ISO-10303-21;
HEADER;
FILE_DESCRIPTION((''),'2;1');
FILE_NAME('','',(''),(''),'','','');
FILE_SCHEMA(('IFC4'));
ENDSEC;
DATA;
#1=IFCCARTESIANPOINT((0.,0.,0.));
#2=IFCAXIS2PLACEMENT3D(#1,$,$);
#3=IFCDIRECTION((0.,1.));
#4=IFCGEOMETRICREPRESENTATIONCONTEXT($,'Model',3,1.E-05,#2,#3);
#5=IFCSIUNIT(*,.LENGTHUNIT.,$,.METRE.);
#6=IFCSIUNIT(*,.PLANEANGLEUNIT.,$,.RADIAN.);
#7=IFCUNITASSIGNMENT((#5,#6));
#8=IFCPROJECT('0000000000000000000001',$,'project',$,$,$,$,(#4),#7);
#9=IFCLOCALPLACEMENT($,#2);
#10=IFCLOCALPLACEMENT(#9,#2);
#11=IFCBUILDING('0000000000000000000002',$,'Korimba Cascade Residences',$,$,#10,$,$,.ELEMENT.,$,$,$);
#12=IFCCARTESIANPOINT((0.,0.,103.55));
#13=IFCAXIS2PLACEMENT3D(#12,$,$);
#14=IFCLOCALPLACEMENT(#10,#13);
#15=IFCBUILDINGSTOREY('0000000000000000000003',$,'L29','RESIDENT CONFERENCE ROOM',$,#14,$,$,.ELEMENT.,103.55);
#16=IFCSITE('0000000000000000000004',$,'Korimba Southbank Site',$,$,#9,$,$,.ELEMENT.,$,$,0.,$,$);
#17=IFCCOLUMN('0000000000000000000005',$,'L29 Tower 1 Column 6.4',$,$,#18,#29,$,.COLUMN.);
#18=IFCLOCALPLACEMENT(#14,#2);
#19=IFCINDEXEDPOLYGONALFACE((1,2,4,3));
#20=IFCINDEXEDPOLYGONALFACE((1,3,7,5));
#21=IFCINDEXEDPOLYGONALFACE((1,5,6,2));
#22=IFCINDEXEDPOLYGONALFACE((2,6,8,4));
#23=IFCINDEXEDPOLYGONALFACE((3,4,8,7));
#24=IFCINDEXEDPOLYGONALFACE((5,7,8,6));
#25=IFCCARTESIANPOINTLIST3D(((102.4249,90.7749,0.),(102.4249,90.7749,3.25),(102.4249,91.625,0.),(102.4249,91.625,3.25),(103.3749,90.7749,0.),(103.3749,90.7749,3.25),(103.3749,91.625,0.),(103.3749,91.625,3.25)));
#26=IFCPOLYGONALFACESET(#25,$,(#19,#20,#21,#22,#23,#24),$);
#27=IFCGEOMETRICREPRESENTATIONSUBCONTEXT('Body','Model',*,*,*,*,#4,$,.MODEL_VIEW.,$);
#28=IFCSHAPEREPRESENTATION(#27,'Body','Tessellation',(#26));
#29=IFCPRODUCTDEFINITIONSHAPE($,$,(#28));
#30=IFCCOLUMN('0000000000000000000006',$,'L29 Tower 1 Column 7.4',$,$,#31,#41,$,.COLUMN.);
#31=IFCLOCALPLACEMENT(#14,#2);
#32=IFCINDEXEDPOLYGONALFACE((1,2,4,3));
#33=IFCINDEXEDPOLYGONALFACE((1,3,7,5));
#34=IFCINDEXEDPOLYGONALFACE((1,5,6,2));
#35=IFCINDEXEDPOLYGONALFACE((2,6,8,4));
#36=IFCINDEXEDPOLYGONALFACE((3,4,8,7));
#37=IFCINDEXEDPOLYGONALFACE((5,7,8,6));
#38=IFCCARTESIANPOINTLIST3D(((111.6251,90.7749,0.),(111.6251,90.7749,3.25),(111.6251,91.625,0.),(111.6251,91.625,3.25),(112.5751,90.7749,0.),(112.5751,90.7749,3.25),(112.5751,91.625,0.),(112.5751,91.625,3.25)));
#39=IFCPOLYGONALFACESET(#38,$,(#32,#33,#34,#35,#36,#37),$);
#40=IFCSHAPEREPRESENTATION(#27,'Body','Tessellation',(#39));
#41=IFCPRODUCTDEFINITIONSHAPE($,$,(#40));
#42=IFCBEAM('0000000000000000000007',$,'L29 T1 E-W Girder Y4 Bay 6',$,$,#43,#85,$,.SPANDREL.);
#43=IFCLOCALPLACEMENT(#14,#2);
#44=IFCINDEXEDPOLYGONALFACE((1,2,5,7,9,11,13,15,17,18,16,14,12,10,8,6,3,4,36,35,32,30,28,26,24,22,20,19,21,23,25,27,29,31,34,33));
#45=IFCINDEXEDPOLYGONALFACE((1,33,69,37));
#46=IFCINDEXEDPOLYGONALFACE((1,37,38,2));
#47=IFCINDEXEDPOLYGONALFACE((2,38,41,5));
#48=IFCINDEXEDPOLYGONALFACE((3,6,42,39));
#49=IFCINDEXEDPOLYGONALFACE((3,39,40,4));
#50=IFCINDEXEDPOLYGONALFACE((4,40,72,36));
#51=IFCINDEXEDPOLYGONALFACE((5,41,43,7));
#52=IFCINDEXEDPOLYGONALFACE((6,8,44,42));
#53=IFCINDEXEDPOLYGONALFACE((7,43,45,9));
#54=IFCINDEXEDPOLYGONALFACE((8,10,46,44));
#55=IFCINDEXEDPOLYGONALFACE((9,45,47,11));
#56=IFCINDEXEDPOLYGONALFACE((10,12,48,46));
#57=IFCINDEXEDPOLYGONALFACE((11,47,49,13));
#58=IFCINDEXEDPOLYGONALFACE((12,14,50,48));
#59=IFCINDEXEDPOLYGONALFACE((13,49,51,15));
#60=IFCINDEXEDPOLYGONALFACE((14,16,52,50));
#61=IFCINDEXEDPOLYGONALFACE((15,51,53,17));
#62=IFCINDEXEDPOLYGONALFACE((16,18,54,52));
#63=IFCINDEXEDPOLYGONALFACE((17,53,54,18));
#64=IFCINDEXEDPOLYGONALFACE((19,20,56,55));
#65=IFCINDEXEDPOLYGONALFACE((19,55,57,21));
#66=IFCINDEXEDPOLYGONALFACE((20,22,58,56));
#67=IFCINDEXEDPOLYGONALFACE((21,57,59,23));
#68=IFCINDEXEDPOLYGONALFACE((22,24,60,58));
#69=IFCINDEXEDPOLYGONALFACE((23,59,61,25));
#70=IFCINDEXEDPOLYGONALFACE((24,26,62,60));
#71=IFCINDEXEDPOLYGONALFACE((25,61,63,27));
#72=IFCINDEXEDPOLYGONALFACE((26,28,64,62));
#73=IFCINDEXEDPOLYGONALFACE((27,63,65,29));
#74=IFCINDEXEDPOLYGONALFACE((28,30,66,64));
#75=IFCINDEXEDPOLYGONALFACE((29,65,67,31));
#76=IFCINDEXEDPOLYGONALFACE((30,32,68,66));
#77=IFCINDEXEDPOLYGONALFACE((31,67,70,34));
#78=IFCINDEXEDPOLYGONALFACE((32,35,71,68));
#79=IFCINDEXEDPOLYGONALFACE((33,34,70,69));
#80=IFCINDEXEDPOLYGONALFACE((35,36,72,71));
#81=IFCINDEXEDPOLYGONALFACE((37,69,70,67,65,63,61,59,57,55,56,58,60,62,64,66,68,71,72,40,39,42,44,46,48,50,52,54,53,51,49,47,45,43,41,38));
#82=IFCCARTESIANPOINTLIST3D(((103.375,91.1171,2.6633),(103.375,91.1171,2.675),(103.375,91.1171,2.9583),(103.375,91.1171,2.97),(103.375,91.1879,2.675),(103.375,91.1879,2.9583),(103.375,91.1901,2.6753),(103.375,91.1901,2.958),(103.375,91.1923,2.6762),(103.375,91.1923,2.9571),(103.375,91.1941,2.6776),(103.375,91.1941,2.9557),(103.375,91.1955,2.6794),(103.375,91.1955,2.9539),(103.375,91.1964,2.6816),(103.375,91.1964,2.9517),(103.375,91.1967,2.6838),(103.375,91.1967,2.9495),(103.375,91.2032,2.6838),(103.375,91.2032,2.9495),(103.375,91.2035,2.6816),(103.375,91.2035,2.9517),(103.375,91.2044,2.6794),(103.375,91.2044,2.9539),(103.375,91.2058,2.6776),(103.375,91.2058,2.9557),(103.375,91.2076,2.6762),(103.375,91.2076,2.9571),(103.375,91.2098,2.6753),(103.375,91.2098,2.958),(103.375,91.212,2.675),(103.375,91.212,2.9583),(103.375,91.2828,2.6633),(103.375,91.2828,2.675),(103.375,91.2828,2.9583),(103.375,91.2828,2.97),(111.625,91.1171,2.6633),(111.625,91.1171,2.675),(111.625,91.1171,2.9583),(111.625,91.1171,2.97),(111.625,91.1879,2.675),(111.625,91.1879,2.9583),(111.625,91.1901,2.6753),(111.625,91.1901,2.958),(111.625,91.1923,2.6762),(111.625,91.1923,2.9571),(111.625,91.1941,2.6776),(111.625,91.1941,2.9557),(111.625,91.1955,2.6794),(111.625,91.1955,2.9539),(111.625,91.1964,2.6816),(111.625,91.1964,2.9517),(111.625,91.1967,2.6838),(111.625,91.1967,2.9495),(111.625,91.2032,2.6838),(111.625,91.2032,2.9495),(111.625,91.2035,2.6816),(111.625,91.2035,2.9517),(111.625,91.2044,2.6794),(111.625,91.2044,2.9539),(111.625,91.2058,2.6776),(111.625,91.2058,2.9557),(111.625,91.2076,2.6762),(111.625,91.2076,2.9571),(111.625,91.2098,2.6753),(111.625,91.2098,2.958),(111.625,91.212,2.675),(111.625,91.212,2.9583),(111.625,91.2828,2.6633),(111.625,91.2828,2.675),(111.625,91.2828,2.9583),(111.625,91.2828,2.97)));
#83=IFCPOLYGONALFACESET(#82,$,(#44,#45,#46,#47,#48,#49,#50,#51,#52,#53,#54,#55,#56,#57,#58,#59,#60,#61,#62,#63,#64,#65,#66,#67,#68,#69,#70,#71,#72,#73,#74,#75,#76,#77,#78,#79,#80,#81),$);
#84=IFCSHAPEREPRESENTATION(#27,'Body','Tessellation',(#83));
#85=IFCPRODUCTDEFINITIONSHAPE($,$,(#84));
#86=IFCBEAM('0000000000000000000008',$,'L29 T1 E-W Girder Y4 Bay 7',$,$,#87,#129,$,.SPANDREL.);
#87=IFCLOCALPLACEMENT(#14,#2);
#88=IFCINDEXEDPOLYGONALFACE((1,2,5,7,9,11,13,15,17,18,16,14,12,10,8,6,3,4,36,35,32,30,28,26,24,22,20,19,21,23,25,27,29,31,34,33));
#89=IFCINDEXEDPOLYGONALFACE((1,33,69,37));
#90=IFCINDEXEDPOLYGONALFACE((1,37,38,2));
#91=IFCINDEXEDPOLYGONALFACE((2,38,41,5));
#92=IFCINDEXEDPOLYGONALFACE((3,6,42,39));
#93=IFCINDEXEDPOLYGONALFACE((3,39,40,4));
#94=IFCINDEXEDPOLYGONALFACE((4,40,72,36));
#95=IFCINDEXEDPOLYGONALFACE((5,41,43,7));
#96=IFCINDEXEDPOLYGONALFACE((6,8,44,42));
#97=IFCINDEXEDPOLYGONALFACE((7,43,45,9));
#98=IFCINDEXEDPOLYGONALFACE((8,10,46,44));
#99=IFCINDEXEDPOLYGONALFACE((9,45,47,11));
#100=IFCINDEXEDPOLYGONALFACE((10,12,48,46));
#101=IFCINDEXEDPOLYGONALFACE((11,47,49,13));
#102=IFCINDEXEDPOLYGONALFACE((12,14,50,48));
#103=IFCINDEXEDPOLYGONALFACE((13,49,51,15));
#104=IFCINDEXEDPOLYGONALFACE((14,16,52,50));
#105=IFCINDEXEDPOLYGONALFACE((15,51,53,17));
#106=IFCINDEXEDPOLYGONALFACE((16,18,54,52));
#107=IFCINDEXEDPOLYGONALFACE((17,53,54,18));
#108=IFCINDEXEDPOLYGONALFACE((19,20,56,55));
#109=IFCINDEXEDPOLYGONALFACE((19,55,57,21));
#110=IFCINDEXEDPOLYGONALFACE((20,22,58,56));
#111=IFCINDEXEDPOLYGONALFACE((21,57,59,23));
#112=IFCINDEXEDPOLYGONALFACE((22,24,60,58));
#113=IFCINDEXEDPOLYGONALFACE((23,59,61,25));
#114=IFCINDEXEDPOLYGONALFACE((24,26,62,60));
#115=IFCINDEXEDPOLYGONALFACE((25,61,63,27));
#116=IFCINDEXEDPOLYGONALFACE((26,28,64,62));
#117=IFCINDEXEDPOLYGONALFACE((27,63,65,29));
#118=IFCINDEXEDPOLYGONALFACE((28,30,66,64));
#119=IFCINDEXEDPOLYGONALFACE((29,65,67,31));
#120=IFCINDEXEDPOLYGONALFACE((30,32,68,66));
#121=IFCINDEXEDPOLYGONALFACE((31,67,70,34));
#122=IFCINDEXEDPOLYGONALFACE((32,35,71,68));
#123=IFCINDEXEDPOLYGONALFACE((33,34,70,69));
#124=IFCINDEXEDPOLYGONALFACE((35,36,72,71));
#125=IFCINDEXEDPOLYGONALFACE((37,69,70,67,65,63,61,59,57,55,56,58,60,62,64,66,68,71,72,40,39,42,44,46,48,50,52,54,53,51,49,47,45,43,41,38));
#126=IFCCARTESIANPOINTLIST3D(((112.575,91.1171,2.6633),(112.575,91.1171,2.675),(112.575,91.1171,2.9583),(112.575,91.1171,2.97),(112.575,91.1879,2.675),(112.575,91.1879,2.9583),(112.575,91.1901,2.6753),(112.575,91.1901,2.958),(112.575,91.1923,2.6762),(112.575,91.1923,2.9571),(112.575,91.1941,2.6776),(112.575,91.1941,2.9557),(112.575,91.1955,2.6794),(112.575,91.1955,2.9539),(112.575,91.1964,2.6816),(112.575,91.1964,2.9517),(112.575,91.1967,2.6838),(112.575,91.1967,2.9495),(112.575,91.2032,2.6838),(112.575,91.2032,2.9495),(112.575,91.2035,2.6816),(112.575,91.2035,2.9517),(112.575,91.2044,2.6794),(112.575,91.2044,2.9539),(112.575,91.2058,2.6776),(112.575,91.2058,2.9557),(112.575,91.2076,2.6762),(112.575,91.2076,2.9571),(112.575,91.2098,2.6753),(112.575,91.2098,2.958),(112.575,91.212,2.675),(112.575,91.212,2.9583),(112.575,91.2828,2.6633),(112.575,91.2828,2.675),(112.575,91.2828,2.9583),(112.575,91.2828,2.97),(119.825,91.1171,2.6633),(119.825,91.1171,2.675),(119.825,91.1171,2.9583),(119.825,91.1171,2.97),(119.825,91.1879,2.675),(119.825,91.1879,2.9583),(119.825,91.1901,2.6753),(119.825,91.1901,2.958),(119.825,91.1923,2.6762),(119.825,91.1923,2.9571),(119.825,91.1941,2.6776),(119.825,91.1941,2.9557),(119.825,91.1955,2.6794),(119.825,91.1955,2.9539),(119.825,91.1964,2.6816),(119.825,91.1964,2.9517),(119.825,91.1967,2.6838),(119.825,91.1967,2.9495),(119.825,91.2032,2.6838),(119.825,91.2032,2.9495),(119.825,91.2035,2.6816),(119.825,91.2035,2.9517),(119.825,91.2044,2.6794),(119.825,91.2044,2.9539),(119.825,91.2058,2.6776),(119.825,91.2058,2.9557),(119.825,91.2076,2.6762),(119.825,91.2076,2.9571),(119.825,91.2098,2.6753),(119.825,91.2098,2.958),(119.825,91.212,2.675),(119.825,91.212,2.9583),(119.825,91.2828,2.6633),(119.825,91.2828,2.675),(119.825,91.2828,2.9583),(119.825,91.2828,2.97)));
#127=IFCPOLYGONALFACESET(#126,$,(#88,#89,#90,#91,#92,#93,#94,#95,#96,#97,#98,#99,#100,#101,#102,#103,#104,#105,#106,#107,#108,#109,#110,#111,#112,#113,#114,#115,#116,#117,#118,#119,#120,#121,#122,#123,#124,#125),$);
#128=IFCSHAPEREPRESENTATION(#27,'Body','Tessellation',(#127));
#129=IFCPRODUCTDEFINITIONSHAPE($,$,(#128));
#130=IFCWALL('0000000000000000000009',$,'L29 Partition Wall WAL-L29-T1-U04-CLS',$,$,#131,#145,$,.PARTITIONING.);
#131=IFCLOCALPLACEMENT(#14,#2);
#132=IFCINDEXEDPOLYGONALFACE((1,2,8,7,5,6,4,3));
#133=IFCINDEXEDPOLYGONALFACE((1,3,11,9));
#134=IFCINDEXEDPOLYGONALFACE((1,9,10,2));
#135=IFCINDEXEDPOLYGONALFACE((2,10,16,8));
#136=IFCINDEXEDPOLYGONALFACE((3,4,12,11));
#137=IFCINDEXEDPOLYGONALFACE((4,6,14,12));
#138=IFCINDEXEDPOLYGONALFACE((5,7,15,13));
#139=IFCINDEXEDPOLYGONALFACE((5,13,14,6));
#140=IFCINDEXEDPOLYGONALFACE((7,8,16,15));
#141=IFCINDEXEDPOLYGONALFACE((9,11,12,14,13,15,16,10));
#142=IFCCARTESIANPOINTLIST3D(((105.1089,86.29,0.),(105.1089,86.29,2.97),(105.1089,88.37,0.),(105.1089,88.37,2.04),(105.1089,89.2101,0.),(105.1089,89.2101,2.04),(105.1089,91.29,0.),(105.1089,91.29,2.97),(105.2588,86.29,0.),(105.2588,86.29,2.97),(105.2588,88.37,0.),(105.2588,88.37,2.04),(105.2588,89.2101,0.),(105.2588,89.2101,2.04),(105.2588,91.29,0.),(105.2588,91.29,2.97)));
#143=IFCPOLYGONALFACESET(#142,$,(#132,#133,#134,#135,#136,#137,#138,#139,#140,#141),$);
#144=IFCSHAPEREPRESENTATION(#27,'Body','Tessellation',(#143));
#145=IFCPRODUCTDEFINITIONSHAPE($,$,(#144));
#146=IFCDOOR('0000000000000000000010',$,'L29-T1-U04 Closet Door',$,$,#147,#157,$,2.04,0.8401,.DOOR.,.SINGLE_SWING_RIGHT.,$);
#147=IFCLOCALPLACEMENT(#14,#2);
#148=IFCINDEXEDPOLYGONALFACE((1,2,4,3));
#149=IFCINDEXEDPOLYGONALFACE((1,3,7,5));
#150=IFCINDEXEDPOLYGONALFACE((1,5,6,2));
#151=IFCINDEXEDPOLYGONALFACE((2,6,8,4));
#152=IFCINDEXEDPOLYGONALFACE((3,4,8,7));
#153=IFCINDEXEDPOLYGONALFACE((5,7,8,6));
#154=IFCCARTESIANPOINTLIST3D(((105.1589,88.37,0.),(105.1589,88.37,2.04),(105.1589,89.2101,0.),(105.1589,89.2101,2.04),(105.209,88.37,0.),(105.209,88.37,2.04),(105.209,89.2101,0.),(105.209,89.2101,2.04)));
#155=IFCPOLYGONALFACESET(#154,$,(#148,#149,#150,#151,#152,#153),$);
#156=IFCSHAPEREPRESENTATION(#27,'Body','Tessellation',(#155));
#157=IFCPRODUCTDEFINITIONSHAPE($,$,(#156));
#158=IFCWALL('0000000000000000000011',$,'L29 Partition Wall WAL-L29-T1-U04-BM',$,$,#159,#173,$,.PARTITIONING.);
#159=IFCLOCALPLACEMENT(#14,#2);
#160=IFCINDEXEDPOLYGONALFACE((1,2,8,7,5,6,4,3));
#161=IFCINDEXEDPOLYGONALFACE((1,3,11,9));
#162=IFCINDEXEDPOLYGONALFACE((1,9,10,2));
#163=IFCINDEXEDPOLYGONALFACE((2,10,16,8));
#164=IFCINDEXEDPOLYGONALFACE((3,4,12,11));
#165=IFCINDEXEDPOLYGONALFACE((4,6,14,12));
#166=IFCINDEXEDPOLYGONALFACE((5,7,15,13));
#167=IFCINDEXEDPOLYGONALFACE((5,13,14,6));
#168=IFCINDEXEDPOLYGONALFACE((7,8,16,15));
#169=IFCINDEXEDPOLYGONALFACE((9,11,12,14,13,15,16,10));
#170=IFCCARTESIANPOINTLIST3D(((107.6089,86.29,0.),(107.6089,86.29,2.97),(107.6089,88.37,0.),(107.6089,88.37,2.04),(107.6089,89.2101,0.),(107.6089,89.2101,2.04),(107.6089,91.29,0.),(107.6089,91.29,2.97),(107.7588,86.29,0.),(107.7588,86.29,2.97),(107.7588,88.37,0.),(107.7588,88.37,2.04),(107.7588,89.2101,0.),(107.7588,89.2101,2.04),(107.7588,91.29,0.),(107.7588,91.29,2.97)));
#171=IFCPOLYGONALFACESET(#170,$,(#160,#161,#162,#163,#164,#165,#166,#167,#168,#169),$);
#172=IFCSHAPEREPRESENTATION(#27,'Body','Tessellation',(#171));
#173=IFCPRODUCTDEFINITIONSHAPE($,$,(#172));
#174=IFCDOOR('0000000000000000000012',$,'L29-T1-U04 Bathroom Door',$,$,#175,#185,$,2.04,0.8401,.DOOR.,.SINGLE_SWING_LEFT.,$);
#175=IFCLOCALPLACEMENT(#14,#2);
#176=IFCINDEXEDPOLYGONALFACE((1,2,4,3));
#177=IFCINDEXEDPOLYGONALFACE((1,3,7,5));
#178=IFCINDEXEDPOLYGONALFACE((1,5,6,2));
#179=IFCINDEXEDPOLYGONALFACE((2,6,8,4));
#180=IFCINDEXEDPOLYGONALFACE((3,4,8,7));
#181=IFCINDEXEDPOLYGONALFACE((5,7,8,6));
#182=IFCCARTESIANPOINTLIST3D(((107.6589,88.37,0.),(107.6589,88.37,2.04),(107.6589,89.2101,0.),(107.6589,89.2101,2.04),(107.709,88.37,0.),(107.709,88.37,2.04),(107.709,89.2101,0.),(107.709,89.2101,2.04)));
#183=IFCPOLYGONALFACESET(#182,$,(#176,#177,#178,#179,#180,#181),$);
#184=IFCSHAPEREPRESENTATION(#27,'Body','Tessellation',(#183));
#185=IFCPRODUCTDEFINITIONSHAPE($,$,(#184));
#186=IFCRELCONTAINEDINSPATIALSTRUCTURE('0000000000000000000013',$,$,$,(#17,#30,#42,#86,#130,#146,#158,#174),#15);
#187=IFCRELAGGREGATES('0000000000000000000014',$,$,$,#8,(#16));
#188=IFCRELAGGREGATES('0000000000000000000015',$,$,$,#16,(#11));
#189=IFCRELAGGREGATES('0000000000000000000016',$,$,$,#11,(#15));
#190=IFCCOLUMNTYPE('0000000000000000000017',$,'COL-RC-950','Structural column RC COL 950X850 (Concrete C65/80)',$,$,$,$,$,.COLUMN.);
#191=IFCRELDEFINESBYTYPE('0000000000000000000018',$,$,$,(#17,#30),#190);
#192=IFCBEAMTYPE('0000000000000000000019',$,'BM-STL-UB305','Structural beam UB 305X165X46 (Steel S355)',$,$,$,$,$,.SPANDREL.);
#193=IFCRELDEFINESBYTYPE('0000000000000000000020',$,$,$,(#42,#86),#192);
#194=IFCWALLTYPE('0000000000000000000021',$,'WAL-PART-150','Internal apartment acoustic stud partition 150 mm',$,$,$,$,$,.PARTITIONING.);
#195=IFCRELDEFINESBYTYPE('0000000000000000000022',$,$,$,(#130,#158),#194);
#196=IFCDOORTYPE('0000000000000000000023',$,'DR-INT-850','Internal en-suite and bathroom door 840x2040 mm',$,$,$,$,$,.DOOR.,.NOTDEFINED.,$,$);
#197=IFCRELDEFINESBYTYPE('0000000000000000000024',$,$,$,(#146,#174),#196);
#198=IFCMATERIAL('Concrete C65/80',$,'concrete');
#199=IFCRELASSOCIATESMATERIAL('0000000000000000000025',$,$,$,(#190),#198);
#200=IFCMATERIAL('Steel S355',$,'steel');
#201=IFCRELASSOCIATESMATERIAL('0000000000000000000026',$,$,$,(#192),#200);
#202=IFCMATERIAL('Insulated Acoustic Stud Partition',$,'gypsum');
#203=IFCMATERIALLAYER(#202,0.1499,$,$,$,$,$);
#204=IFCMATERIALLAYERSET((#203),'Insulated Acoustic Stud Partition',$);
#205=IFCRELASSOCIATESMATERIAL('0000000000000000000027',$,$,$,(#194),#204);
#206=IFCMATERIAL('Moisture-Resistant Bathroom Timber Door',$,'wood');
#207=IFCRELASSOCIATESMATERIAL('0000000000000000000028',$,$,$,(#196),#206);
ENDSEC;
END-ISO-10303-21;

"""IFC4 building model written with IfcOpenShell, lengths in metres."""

from ifc_helpers import new_model, si_unit, direction, frame, frame_2d, origin, origin_2d, place, context, subcontext, project, spatial, rectangle, i_section, extrude, material, layer, layer_set, material_profile, profile_set, type_object, element, fill, save


model = new_model("IFC4")

# Units and contexts
model_context = context("Model", 3, precision=1e-05, world=origin(), true_north=direction((0.0, 1.0)))
body_context = subcontext(model_context, "Body", "Model", "MODEL_VIEW")
ifc_project = project(units=[si_unit("LENGTHUNIT", "METRE"), si_unit("PLANEANGLEUNIT", "RADIAN")], contexts=[model_context])

# Site, building, storey
site_placement = place(None, origin())
site = spatial("IfcSite", under=ifc_project, at=site_placement, Name="Korimba Southbank Site", CompositionType="ELEMENT", RefElevation=0.0)
building_placement = place(site_placement, origin())
building = spatial("IfcBuilding", under=site, at=building_placement, Name="Korimba Cascade Residences", CompositionType="ELEMENT")
storey_placement = place(building_placement, frame((0.0, 0.0, 103.55)))
storey = spatial("IfcBuildingStorey", under=building, at=storey_placement, Name="L29", Description="RESIDENT CONFERENCE ROOM", CompositionType="ELEMENT", Elevation=103.55)

# Columns
ifc_material_1 = material(Name="Concrete C65/80", Category="concrete")
ifc_material_profile_1 = material_profile(ifc_material_1, rectangle(XDim=0.95, YDim=0.8501, at=origin_2d()), Name="Concrete C65/80")
ifc_profile_set_1 = profile_set([ifc_material_profile_1], Name="Concrete C65/80")
column_type = type_object("IfcColumnType", Name="COL-RC-950", Description="Structural column RC COL 950X850 (Concrete C65/80)", PredefinedType="COLUMN", material=ifc_profile_set_1)
for number, where, z_axis, x_axis, name in (
    (1, (102.8999, 91.2, 0.0), (0.0, 0.0, 1.0), (1.0, 0.0, 0.0), "L29 Tower 1 Column 6.4"),
    (2, (112.1001, 91.2, 0.0), (0.0, 0.0, 1.0), (1.0, 0.0, 0.0), "L29 Tower 1 Column 7.4"),
):
    element("IfcColumn", number, at=place(storey_placement, frame(where, z_axis=z_axis, x_axis=x_axis)), inside=storey, type_object=column_type, Name=name, PredefinedType="COLUMN", context=body_context, shape_type="SweptSolid", body=[
        extrude(rectangle(XDim=0.95, YDim=0.8501, at=origin_2d()), origin(), (0.0, 0.0, 1.0), 3.25),
    ])

# Beams
ifc_material_2 = material(Name="Steel S355", Category="steel")
ifc_material_profile_2 = material_profile(ifc_material_2, i_section(OverallWidth=0.1658, OverallDepth=0.3066, WebThickness=0.0066, FlangeThickness=0.0117, FilletRadius=0.0088, at=origin_2d()), Name="Steel S355")
ifc_profile_set_2 = profile_set([ifc_material_profile_2], Name="Steel S355")
beam_type = type_object("IfcBeamType", Name="BM-STL-UB305", Description="Structural beam UB 305X165X46 (Steel S355)", PredefinedType="SPANDREL", material=ifc_profile_set_2)
beam_1_placement = place(storey_placement, frame((103.375, 91.2, 2.8167), z_axis=(1.0, 0.0, 0.0), x_axis=(0.0, 1.0, 0.0)))
element("IfcBeam", 3, at=beam_1_placement, inside=storey, type_object=beam_type, Name="L29 T1 E-W Girder Y4 Bay 6", PredefinedType="SPANDREL", context=body_context, shape_type="SweptSolid", body=[
    extrude(i_section(OverallWidth=0.1658, OverallDepth=0.3066, WebThickness=0.0066, FlangeThickness=0.0117, FilletRadius=0.0088, at=origin_2d()), origin(), (0.0, 0.0, 1.0), 8.25),
])
beam_2_placement = place(storey_placement, frame((112.575, 91.2, 2.8167), z_axis=(1.0, 0.0, 0.0), x_axis=(0.0, 1.0, 0.0)))
element("IfcBeam", 4, at=beam_2_placement, inside=storey, type_object=beam_type, Name="L29 T1 E-W Girder Y4 Bay 7", PredefinedType="SPANDREL", context=body_context, shape_type="SweptSolid", body=[
    extrude(i_section(OverallWidth=0.1658, OverallDepth=0.3066, WebThickness=0.0066, FlangeThickness=0.0117, FilletRadius=0.0088, at=origin_2d()), origin(), (0.0, 0.0, 1.0), 7.25),
])

# Walls, openings, doors
ifc_material_3 = material(Name="Insulated Acoustic Stud Partition", Category="gypsum")
ifc_layer = layer(ifc_material_3, 0.1499)
ifc_layer_set = layer_set([ifc_layer], Name="Insulated Acoustic Stud Partition")
wall_type = type_object("IfcWallType", Name="WAL-PART-150", Description="Internal apartment acoustic stud partition 150 mm", PredefinedType="PARTITIONING", material=ifc_layer_set)
wall_1_placement = place(storey_placement, frame((105.1838, 86.29, 0.0), z_axis=(0.0, 0.0, 1.0), x_axis=(0.0, 1.0, 0.0)))
wall_1 = element("IfcWall", 5, at=wall_1_placement, inside=storey, type_object=wall_type, Name="L29 Partition Wall WAL-L29-T1-U04-CLS", PredefinedType="PARTITIONING", context=body_context, shape_type="SweptSolid", body=[
    extrude(rectangle(XDim=5.0, YDim=0.1499, at=frame_2d((2.5, 0.0))), origin(), (0.0, 0.0, 1.0), 2.97),
])
opening_1_placement = place(wall_1_placement, frame((2.0801, 0.0, 0.0)))
opening_1 = element("IfcOpeningElement", 6, at=opening_1_placement, cuts=wall_1, PredefinedType="OPENING", context=body_context, shape_type="SweptSolid", body=[
    extrude(rectangle(XDim=0.8401, YDim=2.04, at=frame_2d((0.4199, 1.02))), frame((0.0, 0.085, 0.0), z_axis=(0.0, -1.0, 0.0), x_axis=(1.0, 0.0, 0.0)), (0.0, 0.0, 1.0), 0.1699),
])
ifc_material_4 = material(Name="Moisture-Resistant Bathroom Timber Door", Category="wood")
door_type_1 = type_object("IfcDoorType", Name="DR-INT-850", Description="Internal en-suite and bathroom door 840x2040 mm", OperationType="NOTDEFINED", PredefinedType="DOOR", material=ifc_material_4)
door_1_placement = place(opening_1_placement, origin())
door_1 = element("IfcDoor", 7, at=door_1_placement, inside=storey, type_object=door_type_1, Name="L29-T1-U04 Closet Door", OperationType="SINGLE_SWING_RIGHT", OverallHeight=2.04, OverallWidth=0.8401, PredefinedType="DOOR", context=body_context, shape_type="SweptSolid", body=[
    extrude(rectangle(XDim=0.8401, YDim=2.04, at=frame_2d((0.4199, 1.02))), frame((0.0, 0.0249, 0.0), z_axis=(0.0, -1.0, 0.0), x_axis=(1.0, 0.0, 0.0)), (0.0, 0.0, 1.0), 0.05),
])
fill(opening_1, door_1)
wall_2_placement = place(storey_placement, frame((107.6838, 86.29, 0.0), z_axis=(0.0, 0.0, 1.0), x_axis=(0.0, 1.0, 0.0)))
wall_2 = element("IfcWall", 8, at=wall_2_placement, inside=storey, type_object=wall_type, Name="L29 Partition Wall WAL-L29-T1-U04-BM", PredefinedType="PARTITIONING", context=body_context, shape_type="SweptSolid", body=[
    extrude(rectangle(XDim=5.0, YDim=0.1499, at=frame_2d((2.5, 0.0))), origin(), (0.0, 0.0, 1.0), 2.97),
])
opening_2_placement = place(wall_2_placement, frame((2.0801, 0.0, 0.0)))
opening_2 = element("IfcOpeningElement", 9, at=opening_2_placement, cuts=wall_2, PredefinedType="OPENING", context=body_context, shape_type="SweptSolid", body=[
    extrude(rectangle(XDim=0.8401, YDim=2.04, at=frame_2d((0.4199, 1.02))), frame((0.0, 0.085, 0.0), z_axis=(0.0, -1.0, 0.0), x_axis=(1.0, 0.0, 0.0)), (0.0, 0.0, 1.0), 0.1699),
])
door_2_placement = place(opening_2_placement, origin())
door_2 = element("IfcDoor", 10, at=door_2_placement, inside=storey, type_object=door_type_1, Name="L29-T1-U04 Bathroom Door", OperationType="SINGLE_SWING_LEFT", OverallHeight=2.04, OverallWidth=0.8401, PredefinedType="DOOR", context=body_context, shape_type="SweptSolid", body=[
    extrude(rectangle(XDim=0.8401, YDim=2.04, at=frame_2d((0.4199, 1.02))), frame((0.0, 0.0249, 0.0), z_axis=(0.0, -1.0, 0.0), x_axis=(1.0, 0.0, 0.0)), (0.0, 0.0, 1.0), 0.05),
])
fill(opening_2, door_2)

save(model, "model.ifc")
